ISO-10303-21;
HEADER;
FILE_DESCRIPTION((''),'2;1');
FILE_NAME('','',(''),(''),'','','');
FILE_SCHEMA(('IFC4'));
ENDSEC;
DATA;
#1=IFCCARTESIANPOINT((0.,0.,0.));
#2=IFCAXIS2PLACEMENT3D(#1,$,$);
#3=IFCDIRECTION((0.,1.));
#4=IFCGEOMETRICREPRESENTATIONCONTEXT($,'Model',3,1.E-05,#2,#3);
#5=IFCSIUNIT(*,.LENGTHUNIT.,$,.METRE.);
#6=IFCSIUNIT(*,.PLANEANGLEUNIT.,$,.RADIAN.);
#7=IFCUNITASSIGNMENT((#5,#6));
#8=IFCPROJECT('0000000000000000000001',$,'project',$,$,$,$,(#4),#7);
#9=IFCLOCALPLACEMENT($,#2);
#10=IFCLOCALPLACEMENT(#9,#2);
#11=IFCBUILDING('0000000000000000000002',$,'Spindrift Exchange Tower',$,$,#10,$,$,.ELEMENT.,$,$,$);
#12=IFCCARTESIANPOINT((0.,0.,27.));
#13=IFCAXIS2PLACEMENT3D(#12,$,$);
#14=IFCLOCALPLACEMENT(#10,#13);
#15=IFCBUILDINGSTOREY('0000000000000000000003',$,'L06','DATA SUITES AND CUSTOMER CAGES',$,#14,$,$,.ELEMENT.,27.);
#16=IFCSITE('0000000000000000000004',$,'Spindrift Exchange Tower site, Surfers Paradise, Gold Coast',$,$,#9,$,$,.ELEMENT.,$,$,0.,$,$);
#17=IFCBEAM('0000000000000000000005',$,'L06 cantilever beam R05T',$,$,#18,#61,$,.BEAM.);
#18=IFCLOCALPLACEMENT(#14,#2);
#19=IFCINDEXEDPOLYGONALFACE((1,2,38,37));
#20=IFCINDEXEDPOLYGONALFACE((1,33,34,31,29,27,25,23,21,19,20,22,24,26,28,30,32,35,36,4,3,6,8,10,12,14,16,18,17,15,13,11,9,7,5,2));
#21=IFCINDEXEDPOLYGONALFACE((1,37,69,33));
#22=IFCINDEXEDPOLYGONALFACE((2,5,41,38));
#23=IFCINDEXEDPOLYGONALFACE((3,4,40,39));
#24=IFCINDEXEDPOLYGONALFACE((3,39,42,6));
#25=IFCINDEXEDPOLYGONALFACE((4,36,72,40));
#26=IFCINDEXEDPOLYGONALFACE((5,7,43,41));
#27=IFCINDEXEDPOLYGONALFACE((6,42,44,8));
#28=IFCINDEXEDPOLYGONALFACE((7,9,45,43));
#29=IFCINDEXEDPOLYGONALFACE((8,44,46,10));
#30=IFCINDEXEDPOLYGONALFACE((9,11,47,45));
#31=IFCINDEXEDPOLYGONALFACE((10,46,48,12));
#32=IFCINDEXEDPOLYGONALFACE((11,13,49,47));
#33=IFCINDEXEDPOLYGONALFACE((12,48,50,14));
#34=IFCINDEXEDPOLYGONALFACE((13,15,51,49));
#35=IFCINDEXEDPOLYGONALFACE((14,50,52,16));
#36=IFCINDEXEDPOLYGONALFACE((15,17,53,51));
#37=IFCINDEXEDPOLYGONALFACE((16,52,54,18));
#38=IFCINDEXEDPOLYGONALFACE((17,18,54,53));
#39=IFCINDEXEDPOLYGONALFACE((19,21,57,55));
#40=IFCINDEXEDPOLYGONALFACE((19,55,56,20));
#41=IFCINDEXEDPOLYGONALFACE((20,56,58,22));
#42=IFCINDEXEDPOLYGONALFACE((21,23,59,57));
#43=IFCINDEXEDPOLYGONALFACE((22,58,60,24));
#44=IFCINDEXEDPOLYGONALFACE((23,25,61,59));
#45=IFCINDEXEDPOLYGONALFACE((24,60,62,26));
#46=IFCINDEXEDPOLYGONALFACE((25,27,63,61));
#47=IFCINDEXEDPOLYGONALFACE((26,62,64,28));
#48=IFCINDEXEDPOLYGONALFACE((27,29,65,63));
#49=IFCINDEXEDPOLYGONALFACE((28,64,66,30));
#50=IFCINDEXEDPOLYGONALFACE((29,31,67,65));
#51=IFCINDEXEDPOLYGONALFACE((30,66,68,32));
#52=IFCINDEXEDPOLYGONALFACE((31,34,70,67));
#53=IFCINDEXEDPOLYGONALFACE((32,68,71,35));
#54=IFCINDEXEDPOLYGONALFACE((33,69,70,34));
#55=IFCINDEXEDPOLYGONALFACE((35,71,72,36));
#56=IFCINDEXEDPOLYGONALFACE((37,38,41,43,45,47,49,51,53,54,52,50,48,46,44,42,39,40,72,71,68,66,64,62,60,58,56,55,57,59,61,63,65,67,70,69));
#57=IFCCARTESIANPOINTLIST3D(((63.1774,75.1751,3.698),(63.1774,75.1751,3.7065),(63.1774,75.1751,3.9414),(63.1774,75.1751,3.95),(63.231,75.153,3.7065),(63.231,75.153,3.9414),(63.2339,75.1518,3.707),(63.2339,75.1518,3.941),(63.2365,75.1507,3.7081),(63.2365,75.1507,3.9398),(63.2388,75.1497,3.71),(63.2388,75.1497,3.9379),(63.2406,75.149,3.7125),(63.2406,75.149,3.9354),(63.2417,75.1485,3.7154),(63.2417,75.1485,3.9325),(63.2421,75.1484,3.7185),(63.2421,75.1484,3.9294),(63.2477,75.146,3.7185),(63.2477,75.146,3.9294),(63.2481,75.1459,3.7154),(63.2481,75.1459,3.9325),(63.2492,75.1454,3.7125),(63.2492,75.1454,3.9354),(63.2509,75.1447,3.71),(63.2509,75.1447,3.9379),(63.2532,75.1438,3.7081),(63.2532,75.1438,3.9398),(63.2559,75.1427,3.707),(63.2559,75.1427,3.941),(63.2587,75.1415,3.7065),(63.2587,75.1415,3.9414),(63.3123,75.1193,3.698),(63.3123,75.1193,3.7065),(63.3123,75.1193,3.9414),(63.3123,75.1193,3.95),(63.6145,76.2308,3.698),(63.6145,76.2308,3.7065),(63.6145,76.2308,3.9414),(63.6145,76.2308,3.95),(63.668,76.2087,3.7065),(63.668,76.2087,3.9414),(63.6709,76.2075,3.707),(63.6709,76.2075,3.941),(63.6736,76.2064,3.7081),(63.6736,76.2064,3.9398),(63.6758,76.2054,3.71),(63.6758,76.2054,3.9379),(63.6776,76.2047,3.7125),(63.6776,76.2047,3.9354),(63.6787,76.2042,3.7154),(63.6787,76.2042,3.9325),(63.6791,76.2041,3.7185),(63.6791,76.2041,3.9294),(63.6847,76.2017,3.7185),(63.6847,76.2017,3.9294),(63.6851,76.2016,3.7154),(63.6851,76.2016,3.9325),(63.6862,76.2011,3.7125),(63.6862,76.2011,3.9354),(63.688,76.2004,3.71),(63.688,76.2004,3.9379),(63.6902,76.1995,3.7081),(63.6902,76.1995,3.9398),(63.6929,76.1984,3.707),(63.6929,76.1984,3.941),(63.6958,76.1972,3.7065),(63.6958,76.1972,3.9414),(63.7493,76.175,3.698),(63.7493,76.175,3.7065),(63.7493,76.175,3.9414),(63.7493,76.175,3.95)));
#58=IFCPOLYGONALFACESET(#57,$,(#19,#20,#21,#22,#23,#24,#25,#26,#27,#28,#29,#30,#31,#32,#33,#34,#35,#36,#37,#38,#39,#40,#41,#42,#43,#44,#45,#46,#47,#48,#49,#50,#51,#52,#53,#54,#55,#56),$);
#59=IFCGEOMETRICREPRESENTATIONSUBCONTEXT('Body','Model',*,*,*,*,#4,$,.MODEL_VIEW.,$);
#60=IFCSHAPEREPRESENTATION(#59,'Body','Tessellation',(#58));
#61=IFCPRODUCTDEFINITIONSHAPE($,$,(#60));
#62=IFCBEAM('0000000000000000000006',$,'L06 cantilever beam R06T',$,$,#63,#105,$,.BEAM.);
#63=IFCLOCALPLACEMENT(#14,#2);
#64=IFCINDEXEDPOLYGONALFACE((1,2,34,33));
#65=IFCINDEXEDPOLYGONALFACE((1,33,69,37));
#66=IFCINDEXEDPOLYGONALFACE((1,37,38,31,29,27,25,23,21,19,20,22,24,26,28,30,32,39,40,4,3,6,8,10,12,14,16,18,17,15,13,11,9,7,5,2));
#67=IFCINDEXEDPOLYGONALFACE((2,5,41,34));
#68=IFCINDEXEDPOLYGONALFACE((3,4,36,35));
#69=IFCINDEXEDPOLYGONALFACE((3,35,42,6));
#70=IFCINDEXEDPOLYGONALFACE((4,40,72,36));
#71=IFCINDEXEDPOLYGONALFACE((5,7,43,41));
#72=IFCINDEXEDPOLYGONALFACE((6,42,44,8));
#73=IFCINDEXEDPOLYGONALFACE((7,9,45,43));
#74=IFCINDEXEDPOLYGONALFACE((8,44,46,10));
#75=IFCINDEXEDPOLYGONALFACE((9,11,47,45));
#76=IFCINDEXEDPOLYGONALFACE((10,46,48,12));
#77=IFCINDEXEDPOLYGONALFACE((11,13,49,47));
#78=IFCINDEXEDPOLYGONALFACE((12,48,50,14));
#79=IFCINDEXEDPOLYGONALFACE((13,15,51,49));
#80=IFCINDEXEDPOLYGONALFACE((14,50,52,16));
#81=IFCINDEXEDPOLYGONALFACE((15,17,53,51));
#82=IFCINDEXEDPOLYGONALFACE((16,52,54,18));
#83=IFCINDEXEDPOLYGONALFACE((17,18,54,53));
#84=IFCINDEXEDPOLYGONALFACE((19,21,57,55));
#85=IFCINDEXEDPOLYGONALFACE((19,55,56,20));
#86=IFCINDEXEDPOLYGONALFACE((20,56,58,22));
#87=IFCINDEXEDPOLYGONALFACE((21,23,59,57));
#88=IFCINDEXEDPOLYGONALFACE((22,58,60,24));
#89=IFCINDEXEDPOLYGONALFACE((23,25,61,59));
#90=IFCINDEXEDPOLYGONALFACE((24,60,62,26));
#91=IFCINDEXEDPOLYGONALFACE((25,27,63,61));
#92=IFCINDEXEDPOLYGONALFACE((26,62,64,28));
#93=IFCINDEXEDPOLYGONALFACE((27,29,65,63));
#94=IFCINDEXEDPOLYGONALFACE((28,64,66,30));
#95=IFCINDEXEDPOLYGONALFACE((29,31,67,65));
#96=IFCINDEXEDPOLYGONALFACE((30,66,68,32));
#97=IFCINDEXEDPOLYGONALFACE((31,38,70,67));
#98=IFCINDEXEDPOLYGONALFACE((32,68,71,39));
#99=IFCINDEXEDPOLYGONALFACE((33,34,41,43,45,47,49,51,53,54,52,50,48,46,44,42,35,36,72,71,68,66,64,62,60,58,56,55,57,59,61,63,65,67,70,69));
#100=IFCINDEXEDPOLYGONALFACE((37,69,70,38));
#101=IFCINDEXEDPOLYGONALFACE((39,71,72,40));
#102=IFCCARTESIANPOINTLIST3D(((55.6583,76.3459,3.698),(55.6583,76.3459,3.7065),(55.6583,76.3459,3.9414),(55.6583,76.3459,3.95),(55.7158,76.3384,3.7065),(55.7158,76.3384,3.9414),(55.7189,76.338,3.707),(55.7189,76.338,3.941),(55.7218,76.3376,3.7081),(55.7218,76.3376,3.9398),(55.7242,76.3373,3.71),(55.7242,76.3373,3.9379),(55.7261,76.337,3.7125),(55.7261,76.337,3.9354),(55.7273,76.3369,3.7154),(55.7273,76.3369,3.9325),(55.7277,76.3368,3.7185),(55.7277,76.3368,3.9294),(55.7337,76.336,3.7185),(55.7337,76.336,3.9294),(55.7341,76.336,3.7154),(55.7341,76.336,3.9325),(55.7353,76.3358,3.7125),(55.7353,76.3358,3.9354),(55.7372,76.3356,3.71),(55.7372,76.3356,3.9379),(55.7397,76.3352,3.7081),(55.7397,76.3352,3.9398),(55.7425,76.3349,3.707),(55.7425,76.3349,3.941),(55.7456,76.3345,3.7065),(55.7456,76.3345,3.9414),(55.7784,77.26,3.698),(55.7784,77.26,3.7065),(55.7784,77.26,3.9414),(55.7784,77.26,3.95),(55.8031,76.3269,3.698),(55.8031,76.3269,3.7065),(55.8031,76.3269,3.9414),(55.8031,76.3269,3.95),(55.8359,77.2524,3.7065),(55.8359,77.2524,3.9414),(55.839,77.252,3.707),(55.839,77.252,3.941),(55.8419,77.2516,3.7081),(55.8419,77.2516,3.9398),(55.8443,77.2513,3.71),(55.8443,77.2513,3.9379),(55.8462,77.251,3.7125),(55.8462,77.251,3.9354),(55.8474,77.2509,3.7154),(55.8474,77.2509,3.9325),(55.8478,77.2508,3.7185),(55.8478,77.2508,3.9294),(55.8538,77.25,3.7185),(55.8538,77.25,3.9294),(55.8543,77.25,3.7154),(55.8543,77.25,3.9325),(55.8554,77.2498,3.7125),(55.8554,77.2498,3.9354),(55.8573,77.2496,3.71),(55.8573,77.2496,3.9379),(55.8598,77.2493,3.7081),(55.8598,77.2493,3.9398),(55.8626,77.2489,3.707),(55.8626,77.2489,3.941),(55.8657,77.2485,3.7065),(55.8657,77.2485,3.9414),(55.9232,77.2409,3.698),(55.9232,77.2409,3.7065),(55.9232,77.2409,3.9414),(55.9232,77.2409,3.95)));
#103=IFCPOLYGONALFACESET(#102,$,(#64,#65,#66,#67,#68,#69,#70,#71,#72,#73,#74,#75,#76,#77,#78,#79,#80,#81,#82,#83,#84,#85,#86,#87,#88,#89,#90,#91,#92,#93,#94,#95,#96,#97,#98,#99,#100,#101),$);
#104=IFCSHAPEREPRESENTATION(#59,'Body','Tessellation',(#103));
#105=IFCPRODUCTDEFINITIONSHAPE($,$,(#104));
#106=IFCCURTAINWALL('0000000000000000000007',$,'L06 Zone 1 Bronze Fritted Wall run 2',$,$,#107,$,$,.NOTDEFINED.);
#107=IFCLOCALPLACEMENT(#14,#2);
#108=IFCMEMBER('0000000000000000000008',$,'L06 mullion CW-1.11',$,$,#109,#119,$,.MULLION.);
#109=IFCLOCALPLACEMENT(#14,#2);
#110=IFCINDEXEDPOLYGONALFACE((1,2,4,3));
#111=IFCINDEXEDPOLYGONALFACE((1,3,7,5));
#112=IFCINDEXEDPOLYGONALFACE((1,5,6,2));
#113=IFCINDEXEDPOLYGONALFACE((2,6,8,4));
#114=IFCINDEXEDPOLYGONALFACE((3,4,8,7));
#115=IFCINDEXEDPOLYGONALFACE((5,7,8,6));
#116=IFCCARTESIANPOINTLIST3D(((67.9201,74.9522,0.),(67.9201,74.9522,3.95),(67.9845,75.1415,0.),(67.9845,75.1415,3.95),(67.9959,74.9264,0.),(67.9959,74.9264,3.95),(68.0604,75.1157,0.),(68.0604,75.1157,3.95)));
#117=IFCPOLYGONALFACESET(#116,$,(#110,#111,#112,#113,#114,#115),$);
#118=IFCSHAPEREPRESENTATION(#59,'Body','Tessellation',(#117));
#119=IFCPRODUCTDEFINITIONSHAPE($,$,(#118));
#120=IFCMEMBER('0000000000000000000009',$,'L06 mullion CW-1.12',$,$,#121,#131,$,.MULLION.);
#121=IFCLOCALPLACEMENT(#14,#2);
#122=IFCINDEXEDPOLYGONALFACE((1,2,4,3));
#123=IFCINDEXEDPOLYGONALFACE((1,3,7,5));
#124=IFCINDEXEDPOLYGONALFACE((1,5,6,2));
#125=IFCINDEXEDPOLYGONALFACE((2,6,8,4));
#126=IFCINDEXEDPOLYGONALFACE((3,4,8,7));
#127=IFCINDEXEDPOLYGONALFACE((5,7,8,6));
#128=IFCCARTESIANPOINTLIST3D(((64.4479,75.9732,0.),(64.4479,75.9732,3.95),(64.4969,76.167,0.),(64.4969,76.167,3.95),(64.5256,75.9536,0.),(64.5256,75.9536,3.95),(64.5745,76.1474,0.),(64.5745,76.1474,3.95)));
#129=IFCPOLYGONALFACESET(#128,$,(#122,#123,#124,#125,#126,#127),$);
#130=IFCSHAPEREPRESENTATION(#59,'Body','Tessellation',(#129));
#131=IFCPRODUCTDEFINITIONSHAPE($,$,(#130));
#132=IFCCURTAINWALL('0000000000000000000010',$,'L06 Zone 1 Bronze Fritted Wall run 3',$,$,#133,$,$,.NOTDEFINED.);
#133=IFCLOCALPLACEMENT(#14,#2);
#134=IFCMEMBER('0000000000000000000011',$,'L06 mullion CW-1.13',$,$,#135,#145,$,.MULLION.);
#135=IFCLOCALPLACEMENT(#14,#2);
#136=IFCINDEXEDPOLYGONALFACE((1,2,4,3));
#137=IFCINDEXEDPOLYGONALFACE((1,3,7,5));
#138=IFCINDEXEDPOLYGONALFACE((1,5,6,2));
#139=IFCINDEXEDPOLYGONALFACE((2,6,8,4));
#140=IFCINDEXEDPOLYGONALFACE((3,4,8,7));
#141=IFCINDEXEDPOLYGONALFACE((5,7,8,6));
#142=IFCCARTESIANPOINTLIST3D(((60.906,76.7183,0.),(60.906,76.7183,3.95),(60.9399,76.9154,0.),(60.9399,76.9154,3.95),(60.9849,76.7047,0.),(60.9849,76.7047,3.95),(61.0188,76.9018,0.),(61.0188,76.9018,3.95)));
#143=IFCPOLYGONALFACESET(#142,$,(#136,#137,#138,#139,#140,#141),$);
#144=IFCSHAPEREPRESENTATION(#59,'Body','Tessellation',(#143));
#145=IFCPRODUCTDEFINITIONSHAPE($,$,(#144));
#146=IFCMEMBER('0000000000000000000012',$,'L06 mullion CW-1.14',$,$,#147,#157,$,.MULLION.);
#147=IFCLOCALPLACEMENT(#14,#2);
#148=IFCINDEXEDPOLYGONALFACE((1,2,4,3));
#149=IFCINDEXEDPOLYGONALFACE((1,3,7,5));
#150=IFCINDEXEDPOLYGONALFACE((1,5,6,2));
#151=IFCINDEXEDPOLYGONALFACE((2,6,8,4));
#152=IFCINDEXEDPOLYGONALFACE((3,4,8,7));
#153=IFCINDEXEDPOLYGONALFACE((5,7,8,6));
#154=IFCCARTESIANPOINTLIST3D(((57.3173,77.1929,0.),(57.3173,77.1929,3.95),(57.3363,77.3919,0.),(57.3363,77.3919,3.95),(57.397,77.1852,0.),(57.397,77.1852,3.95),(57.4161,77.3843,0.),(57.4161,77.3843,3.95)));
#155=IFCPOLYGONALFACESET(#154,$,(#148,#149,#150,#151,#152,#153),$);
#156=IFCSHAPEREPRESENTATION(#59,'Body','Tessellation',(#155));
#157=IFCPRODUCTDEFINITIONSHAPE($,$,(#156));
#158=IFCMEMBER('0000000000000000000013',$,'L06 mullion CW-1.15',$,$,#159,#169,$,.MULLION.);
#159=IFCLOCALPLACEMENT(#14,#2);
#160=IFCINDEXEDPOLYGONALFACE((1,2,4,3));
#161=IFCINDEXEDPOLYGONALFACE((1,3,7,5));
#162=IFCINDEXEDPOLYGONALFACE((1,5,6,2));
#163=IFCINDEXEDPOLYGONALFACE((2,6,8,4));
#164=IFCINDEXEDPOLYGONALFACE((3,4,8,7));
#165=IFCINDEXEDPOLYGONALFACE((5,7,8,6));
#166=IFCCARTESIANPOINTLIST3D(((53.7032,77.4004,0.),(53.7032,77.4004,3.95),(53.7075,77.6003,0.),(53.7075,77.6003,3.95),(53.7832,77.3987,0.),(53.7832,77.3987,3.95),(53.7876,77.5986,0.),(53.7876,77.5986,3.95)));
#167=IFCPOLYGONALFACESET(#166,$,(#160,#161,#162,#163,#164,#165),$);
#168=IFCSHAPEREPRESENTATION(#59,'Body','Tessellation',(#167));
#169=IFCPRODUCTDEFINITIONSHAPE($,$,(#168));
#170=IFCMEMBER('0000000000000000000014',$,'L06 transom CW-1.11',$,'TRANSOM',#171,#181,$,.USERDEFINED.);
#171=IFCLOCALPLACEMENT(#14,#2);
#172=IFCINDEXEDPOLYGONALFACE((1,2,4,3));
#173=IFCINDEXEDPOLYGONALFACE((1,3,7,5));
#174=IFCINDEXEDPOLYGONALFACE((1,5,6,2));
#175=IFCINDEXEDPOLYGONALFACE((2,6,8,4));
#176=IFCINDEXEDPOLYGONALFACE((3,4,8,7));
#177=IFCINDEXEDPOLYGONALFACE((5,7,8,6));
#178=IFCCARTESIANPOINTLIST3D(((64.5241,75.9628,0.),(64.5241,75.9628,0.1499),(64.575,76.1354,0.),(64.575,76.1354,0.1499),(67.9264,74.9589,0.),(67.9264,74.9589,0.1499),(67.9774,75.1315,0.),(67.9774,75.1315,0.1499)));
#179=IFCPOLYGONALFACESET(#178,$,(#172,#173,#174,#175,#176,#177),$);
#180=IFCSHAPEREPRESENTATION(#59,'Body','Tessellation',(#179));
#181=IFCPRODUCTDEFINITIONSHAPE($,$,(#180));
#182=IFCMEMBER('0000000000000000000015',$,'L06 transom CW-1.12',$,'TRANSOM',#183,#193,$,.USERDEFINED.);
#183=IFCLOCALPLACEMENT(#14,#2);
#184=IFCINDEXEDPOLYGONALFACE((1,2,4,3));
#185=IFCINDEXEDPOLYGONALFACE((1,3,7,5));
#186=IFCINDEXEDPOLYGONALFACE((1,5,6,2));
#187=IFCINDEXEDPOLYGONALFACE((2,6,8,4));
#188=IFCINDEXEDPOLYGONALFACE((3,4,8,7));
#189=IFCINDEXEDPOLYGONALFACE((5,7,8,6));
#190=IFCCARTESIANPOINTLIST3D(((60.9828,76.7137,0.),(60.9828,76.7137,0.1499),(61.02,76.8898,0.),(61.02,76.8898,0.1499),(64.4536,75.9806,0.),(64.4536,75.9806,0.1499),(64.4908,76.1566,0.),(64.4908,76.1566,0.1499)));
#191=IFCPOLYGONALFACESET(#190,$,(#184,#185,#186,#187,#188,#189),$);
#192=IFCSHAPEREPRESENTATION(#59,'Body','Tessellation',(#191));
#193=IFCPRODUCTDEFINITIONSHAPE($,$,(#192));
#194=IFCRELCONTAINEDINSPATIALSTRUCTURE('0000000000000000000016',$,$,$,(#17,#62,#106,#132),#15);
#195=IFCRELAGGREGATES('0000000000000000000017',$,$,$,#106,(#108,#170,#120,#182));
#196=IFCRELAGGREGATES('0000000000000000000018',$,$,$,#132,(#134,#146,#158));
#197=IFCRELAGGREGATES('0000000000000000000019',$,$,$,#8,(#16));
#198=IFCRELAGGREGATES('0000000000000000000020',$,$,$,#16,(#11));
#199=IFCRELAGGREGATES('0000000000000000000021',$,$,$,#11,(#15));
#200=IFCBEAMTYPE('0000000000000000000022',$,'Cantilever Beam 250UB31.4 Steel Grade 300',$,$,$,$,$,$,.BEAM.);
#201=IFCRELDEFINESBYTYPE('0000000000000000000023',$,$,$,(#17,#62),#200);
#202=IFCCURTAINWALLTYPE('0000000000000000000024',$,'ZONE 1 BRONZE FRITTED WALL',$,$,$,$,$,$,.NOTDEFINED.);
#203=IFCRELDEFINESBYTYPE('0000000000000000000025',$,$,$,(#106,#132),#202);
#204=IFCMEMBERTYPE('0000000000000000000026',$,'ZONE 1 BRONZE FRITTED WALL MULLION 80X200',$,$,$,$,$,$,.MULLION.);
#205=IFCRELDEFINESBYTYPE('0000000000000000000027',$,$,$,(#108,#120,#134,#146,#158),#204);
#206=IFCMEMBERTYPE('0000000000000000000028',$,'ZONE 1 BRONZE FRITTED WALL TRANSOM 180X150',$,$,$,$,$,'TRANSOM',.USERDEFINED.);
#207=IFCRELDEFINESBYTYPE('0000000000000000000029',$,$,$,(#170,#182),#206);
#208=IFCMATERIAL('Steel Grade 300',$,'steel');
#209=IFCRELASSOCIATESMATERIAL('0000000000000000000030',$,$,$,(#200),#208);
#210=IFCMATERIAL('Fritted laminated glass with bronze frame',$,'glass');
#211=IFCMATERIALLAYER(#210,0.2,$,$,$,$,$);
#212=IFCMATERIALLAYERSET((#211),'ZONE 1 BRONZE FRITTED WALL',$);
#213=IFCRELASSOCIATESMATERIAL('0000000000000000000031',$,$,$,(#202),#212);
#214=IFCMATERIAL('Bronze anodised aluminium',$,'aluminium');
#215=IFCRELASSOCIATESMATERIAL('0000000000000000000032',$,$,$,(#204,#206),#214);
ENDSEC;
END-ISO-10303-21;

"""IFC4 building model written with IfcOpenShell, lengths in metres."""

from ifc_helpers import new_model, si_unit, direction, frame, origin, origin_2d, place, context, subcontext, project, spatial, rectangle, i_section, extrude, source, transform, mapped, material, layer, layer_set, material_profile, profile_set, type_object, element, aggregate, save


model = new_model("IFC4")

# Units and contexts
model_context = context("Model", 3, precision=1e-05, world=origin(), true_north=direction((0.0, 1.0)))
body_context = subcontext(model_context, "Body", "Model", "MODEL_VIEW")
ifc_project = project(units=[si_unit("LENGTHUNIT", "METRE"), si_unit("PLANEANGLEUNIT", "RADIAN")], contexts=[model_context])

# Site, building, storey
site_placement = place(None, origin())
site = spatial("IfcSite", under=ifc_project, at=site_placement, Name="Spindrift Exchange Tower site, Surfers Paradise, Gold Coast", CompositionType="ELEMENT", RefElevation=0.0)
building_placement = place(site_placement, origin())
building = spatial("IfcBuilding", under=site, at=building_placement, Name="Spindrift Exchange Tower", CompositionType="ELEMENT")
storey_placement = place(building_placement, frame((0.0, 0.0, 27.0)))
storey = spatial("IfcBuildingStorey", under=building, at=storey_placement, Name="L06", Description="DATA SUITES AND CUSTOMER CAGES", CompositionType="ELEMENT", Elevation=27.0)

# Beams
ifc_material_1 = material(Name="Steel Grade 300", Category="steel")
ifc_material_profile_1 = material_profile(ifc_material_1, i_section(OverallWidth=0.146, OverallDepth=0.252, WebThickness=0.0061, FlangeThickness=0.0085, FilletRadius=0.012, at=origin_2d()), Name="250UB31.4")
ifc_profile_set_1 = profile_set([ifc_material_profile_1], Name="Steel Grade 300")
beam_type_1 = type_object("IfcBeamType", Name="Cantilever Beam 250UB31.4 Steel Grade 300", PredefinedType="BEAM", material=ifc_profile_set_1)
shared_shape_1 = source(origin(), body_context, "Body", "SweptSolid", [
    extrude(i_section(OverallWidth=0.146, OverallDepth=0.252, WebThickness=0.0061, FlangeThickness=0.0085, FilletRadius=0.012, at=origin_2d()), origin(), (0.0, 0.0, 1.0), 1.1426),
])
beam_1_placement = place(storey_placement, frame((63.2449, 75.1472, 3.824), z_axis=(0.38249, 0.92396, 0.0), x_axis=(-0.92396, 0.38249, 0.0)))
element("IfcBeam", 1, at=beam_1_placement, inside=storey, type_object=beam_type_1, Name="L06 cantilever beam R05T", PredefinedType="BEAM", context=body_context, shape_type="MappedRepresentation", body=[
    mapped(shared_shape_1, transform((0.0, 0.0, 0.0), scale=1.0)),
])
shared_shape_2 = source(origin(), body_context, "Body", "SweptSolid", [
    extrude(i_section(OverallWidth=0.146, OverallDepth=0.252, WebThickness=0.0061, FlangeThickness=0.0085, FilletRadius=0.012, at=origin_2d()), origin(), (0.0, 0.0, 1.0), 0.9219),
])
beam_2_placement = place(storey_placement, frame((55.7307, 76.3364, 3.824), z_axis=(0.13029, 0.991476, 0.0), x_axis=(-0.991476, 0.13029, 0.0)))
element("IfcBeam", 2, at=beam_2_placement, inside=storey, type_object=beam_type_1, Name="L06 cantilever beam R06T", PredefinedType="BEAM", context=body_context, shape_type="MappedRepresentation", body=[
    mapped(shared_shape_2, transform((0.0, 0.0, 0.0), scale=1.0)),
])

# Curtain walls, members
ifc_material_2 = material(Name="Fritted laminated glass with bronze frame", Category="glass")
ifc_layer_1 = layer(ifc_material_2, 0.2)
ifc_layer_set_1 = layer_set([ifc_layer_1], Name="ZONE 1 BRONZE FRITTED WALL")
curtain_wall_type = type_object("IfcCurtainWallType", Name="ZONE 1 BRONZE FRITTED WALL", PredefinedType="NOTDEFINED", material=ifc_layer_set_1)
curtain_wall_1_placement = place(storey_placement, origin())
curtain_wall_1 = element("IfcCurtainWall", 3, at=curtain_wall_1_placement, inside=storey, type_object=curtain_wall_type, Name="L06 Zone 1 Bronze Fritted Wall run 2", PredefinedType="NOTDEFINED")
ifc_material_3 = material(Name="Bronze anodised aluminium", Category="aluminium")
ifc_material_profile_2 = material_profile(ifc_material_3, rectangle(XDim=0.0801, YDim=0.2, at=origin_2d()), Name="ZONE 1 BRONZE FRITTED WALL MULLION 80X200")
ifc_profile_set_2 = profile_set([ifc_material_profile_2], Name="Bronze anodised aluminium")
member_type_1 = type_object("IfcMemberType", Name="ZONE 1 BRONZE FRITTED WALL MULLION 80X200", PredefinedType="MULLION", material=ifc_profile_set_2)
shared_shape_3 = source(origin(), body_context, "Body", "SweptSolid", [
    extrude(rectangle(XDim=0.0801, YDim=0.2, at=origin_2d()), origin(), (0.0, 0.0, 1.0), 3.95),
])
member_1_placement = place(storey_placement, frame((67.9902, 75.0339, 0.0), z_axis=(0.0, 0.0, 1.0), x_axis=(-0.946652, 0.322257, 0.0)))
member_1 = element("IfcMember", 4, at=member_1_placement, type_object=member_type_1, Name="L06 mullion CW-1.11", PredefinedType="MULLION", context=body_context, shape_type="MappedRepresentation", body=[
    mapped(shared_shape_3, transform((0.0, 0.0, 0.0), scale=1.0)),
])
member_2_placement = place(storey_placement, frame((64.5112, 76.0603, 0.0), z_axis=(0.0, 0.0, 1.0), x_axis=(-0.969515, 0.245031, 0.0)))
member_2 = element("IfcMember", 5, at=member_2_placement, type_object=member_type_1, Name="L06 mullion CW-1.12", PredefinedType="MULLION", context=body_context, shape_type="MappedRepresentation", body=[
    mapped(shared_shape_3, transform((0.0, 0.0, 0.0), scale=1.0)),
])
curtain_wall_2_placement = place(storey_placement, origin())
curtain_wall_2 = element("IfcCurtainWall", 6, at=curtain_wall_2_placement, inside=storey, type_object=curtain_wall_type, Name="L06 Zone 1 Bronze Fritted Wall run 3", PredefinedType="NOTDEFINED")
member_3_placement = place(storey_placement, frame((60.9624, 76.8101, 0.0), z_axis=(0.0, 0.0, 1.0), x_axis=(-0.985544, 0.169422, 0.0)))
member_3 = element("IfcMember", 7, at=member_3_placement, type_object=member_type_1, Name="L06 mullion CW-1.13", PredefinedType="MULLION", context=body_context, shape_type="MappedRepresentation", body=[
    mapped(shared_shape_3, transform((0.0, 0.0, 0.0), scale=1.0)),
])
member_4_placement = place(storey_placement, frame((57.3667, 77.2886, 0.0), z_axis=(0.0, 0.0, 1.0), x_axis=(-0.995467, 0.095105, 0.0)))
member_4 = element("IfcMember", 8, at=member_4_placement, type_object=member_type_1, Name="L06 mullion CW-1.14", PredefinedType="MULLION", context=body_context, shape_type="MappedRepresentation", body=[
    mapped(shared_shape_3, transform((0.0, 0.0, 0.0), scale=1.0)),
])
member_5_placement = place(storey_placement, frame((53.7454, 77.4995, 0.0), z_axis=(0.0, 0.0, 1.0), x_axis=(-0.999766, 0.021655, 0.0)))
member_5 = element("IfcMember", 9, at=member_5_placement, type_object=member_type_1, Name="L06 mullion CW-1.15", PredefinedType="MULLION", context=body_context, shape_type="MappedRepresentation", body=[
    mapped(shared_shape_3, transform((0.0, 0.0, 0.0), scale=1.0)),
])

# Members
ifc_material_profile_3 = material_profile(ifc_material_3, rectangle(XDim=0.1799, YDim=0.1499, at=origin_2d()), Name="ZONE 1 BRONZE FRITTED WALL TRANSOM 180X150")
ifc_profile_set_3 = profile_set([ifc_material_profile_3], Name="Bronze anodised aluminium")
member_type_2 = type_object("IfcMemberType", Name="ZONE 1 BRONZE FRITTED WALL TRANSOM 180X150", ElementType="TRANSOM", PredefinedType="USERDEFINED", material=ifc_profile_set_3)
shared_shape_4 = source(origin(), body_context, "Body", "SweptSolid", [
    extrude(rectangle(XDim=0.1799, YDim=0.1499, at=origin_2d()), origin(), (0.0, 0.0, 1.0), 3.5474),
])
member_6_placement = place(storey_placement, frame((67.9519, 75.0452, 0.075), z_axis=(-0.95912, 0.283001, 0.0), x_axis=(-0.283001, -0.95912, 0.0)))
member_6 = element("IfcMember", 10, at=member_6_placement, type_object=member_type_2, Name="L06 transom CW-1.11", ObjectType="TRANSOM", PredefinedType="USERDEFINED", context=body_context, shape_type="MappedRepresentation", body=[
    mapped(shared_shape_4, transform((0.0, 0.0, 0.0), scale=1.0)),
])
member_7_placement = place(storey_placement, frame((64.4722, 76.0686, 0.075), z_axis=(-0.978409, 0.20668, 0.0), x_axis=(-0.20668, -0.978409, 0.0)))
member_7 = element("IfcMember", 11, at=member_7_placement, type_object=member_type_2, Name="L06 transom CW-1.12", ObjectType="TRANSOM", PredefinedType="USERDEFINED", context=body_context, shape_type="MappedRepresentation", body=[
    mapped(shared_shape_4, transform((0.0, 0.0, 0.0), scale=1.0)),
])

aggregate(curtain_wall_1, [member_1, member_6, member_2, member_7])
aggregate(curtain_wall_2, [member_3, member_4, member_5])

save(model, "model.ifc")
